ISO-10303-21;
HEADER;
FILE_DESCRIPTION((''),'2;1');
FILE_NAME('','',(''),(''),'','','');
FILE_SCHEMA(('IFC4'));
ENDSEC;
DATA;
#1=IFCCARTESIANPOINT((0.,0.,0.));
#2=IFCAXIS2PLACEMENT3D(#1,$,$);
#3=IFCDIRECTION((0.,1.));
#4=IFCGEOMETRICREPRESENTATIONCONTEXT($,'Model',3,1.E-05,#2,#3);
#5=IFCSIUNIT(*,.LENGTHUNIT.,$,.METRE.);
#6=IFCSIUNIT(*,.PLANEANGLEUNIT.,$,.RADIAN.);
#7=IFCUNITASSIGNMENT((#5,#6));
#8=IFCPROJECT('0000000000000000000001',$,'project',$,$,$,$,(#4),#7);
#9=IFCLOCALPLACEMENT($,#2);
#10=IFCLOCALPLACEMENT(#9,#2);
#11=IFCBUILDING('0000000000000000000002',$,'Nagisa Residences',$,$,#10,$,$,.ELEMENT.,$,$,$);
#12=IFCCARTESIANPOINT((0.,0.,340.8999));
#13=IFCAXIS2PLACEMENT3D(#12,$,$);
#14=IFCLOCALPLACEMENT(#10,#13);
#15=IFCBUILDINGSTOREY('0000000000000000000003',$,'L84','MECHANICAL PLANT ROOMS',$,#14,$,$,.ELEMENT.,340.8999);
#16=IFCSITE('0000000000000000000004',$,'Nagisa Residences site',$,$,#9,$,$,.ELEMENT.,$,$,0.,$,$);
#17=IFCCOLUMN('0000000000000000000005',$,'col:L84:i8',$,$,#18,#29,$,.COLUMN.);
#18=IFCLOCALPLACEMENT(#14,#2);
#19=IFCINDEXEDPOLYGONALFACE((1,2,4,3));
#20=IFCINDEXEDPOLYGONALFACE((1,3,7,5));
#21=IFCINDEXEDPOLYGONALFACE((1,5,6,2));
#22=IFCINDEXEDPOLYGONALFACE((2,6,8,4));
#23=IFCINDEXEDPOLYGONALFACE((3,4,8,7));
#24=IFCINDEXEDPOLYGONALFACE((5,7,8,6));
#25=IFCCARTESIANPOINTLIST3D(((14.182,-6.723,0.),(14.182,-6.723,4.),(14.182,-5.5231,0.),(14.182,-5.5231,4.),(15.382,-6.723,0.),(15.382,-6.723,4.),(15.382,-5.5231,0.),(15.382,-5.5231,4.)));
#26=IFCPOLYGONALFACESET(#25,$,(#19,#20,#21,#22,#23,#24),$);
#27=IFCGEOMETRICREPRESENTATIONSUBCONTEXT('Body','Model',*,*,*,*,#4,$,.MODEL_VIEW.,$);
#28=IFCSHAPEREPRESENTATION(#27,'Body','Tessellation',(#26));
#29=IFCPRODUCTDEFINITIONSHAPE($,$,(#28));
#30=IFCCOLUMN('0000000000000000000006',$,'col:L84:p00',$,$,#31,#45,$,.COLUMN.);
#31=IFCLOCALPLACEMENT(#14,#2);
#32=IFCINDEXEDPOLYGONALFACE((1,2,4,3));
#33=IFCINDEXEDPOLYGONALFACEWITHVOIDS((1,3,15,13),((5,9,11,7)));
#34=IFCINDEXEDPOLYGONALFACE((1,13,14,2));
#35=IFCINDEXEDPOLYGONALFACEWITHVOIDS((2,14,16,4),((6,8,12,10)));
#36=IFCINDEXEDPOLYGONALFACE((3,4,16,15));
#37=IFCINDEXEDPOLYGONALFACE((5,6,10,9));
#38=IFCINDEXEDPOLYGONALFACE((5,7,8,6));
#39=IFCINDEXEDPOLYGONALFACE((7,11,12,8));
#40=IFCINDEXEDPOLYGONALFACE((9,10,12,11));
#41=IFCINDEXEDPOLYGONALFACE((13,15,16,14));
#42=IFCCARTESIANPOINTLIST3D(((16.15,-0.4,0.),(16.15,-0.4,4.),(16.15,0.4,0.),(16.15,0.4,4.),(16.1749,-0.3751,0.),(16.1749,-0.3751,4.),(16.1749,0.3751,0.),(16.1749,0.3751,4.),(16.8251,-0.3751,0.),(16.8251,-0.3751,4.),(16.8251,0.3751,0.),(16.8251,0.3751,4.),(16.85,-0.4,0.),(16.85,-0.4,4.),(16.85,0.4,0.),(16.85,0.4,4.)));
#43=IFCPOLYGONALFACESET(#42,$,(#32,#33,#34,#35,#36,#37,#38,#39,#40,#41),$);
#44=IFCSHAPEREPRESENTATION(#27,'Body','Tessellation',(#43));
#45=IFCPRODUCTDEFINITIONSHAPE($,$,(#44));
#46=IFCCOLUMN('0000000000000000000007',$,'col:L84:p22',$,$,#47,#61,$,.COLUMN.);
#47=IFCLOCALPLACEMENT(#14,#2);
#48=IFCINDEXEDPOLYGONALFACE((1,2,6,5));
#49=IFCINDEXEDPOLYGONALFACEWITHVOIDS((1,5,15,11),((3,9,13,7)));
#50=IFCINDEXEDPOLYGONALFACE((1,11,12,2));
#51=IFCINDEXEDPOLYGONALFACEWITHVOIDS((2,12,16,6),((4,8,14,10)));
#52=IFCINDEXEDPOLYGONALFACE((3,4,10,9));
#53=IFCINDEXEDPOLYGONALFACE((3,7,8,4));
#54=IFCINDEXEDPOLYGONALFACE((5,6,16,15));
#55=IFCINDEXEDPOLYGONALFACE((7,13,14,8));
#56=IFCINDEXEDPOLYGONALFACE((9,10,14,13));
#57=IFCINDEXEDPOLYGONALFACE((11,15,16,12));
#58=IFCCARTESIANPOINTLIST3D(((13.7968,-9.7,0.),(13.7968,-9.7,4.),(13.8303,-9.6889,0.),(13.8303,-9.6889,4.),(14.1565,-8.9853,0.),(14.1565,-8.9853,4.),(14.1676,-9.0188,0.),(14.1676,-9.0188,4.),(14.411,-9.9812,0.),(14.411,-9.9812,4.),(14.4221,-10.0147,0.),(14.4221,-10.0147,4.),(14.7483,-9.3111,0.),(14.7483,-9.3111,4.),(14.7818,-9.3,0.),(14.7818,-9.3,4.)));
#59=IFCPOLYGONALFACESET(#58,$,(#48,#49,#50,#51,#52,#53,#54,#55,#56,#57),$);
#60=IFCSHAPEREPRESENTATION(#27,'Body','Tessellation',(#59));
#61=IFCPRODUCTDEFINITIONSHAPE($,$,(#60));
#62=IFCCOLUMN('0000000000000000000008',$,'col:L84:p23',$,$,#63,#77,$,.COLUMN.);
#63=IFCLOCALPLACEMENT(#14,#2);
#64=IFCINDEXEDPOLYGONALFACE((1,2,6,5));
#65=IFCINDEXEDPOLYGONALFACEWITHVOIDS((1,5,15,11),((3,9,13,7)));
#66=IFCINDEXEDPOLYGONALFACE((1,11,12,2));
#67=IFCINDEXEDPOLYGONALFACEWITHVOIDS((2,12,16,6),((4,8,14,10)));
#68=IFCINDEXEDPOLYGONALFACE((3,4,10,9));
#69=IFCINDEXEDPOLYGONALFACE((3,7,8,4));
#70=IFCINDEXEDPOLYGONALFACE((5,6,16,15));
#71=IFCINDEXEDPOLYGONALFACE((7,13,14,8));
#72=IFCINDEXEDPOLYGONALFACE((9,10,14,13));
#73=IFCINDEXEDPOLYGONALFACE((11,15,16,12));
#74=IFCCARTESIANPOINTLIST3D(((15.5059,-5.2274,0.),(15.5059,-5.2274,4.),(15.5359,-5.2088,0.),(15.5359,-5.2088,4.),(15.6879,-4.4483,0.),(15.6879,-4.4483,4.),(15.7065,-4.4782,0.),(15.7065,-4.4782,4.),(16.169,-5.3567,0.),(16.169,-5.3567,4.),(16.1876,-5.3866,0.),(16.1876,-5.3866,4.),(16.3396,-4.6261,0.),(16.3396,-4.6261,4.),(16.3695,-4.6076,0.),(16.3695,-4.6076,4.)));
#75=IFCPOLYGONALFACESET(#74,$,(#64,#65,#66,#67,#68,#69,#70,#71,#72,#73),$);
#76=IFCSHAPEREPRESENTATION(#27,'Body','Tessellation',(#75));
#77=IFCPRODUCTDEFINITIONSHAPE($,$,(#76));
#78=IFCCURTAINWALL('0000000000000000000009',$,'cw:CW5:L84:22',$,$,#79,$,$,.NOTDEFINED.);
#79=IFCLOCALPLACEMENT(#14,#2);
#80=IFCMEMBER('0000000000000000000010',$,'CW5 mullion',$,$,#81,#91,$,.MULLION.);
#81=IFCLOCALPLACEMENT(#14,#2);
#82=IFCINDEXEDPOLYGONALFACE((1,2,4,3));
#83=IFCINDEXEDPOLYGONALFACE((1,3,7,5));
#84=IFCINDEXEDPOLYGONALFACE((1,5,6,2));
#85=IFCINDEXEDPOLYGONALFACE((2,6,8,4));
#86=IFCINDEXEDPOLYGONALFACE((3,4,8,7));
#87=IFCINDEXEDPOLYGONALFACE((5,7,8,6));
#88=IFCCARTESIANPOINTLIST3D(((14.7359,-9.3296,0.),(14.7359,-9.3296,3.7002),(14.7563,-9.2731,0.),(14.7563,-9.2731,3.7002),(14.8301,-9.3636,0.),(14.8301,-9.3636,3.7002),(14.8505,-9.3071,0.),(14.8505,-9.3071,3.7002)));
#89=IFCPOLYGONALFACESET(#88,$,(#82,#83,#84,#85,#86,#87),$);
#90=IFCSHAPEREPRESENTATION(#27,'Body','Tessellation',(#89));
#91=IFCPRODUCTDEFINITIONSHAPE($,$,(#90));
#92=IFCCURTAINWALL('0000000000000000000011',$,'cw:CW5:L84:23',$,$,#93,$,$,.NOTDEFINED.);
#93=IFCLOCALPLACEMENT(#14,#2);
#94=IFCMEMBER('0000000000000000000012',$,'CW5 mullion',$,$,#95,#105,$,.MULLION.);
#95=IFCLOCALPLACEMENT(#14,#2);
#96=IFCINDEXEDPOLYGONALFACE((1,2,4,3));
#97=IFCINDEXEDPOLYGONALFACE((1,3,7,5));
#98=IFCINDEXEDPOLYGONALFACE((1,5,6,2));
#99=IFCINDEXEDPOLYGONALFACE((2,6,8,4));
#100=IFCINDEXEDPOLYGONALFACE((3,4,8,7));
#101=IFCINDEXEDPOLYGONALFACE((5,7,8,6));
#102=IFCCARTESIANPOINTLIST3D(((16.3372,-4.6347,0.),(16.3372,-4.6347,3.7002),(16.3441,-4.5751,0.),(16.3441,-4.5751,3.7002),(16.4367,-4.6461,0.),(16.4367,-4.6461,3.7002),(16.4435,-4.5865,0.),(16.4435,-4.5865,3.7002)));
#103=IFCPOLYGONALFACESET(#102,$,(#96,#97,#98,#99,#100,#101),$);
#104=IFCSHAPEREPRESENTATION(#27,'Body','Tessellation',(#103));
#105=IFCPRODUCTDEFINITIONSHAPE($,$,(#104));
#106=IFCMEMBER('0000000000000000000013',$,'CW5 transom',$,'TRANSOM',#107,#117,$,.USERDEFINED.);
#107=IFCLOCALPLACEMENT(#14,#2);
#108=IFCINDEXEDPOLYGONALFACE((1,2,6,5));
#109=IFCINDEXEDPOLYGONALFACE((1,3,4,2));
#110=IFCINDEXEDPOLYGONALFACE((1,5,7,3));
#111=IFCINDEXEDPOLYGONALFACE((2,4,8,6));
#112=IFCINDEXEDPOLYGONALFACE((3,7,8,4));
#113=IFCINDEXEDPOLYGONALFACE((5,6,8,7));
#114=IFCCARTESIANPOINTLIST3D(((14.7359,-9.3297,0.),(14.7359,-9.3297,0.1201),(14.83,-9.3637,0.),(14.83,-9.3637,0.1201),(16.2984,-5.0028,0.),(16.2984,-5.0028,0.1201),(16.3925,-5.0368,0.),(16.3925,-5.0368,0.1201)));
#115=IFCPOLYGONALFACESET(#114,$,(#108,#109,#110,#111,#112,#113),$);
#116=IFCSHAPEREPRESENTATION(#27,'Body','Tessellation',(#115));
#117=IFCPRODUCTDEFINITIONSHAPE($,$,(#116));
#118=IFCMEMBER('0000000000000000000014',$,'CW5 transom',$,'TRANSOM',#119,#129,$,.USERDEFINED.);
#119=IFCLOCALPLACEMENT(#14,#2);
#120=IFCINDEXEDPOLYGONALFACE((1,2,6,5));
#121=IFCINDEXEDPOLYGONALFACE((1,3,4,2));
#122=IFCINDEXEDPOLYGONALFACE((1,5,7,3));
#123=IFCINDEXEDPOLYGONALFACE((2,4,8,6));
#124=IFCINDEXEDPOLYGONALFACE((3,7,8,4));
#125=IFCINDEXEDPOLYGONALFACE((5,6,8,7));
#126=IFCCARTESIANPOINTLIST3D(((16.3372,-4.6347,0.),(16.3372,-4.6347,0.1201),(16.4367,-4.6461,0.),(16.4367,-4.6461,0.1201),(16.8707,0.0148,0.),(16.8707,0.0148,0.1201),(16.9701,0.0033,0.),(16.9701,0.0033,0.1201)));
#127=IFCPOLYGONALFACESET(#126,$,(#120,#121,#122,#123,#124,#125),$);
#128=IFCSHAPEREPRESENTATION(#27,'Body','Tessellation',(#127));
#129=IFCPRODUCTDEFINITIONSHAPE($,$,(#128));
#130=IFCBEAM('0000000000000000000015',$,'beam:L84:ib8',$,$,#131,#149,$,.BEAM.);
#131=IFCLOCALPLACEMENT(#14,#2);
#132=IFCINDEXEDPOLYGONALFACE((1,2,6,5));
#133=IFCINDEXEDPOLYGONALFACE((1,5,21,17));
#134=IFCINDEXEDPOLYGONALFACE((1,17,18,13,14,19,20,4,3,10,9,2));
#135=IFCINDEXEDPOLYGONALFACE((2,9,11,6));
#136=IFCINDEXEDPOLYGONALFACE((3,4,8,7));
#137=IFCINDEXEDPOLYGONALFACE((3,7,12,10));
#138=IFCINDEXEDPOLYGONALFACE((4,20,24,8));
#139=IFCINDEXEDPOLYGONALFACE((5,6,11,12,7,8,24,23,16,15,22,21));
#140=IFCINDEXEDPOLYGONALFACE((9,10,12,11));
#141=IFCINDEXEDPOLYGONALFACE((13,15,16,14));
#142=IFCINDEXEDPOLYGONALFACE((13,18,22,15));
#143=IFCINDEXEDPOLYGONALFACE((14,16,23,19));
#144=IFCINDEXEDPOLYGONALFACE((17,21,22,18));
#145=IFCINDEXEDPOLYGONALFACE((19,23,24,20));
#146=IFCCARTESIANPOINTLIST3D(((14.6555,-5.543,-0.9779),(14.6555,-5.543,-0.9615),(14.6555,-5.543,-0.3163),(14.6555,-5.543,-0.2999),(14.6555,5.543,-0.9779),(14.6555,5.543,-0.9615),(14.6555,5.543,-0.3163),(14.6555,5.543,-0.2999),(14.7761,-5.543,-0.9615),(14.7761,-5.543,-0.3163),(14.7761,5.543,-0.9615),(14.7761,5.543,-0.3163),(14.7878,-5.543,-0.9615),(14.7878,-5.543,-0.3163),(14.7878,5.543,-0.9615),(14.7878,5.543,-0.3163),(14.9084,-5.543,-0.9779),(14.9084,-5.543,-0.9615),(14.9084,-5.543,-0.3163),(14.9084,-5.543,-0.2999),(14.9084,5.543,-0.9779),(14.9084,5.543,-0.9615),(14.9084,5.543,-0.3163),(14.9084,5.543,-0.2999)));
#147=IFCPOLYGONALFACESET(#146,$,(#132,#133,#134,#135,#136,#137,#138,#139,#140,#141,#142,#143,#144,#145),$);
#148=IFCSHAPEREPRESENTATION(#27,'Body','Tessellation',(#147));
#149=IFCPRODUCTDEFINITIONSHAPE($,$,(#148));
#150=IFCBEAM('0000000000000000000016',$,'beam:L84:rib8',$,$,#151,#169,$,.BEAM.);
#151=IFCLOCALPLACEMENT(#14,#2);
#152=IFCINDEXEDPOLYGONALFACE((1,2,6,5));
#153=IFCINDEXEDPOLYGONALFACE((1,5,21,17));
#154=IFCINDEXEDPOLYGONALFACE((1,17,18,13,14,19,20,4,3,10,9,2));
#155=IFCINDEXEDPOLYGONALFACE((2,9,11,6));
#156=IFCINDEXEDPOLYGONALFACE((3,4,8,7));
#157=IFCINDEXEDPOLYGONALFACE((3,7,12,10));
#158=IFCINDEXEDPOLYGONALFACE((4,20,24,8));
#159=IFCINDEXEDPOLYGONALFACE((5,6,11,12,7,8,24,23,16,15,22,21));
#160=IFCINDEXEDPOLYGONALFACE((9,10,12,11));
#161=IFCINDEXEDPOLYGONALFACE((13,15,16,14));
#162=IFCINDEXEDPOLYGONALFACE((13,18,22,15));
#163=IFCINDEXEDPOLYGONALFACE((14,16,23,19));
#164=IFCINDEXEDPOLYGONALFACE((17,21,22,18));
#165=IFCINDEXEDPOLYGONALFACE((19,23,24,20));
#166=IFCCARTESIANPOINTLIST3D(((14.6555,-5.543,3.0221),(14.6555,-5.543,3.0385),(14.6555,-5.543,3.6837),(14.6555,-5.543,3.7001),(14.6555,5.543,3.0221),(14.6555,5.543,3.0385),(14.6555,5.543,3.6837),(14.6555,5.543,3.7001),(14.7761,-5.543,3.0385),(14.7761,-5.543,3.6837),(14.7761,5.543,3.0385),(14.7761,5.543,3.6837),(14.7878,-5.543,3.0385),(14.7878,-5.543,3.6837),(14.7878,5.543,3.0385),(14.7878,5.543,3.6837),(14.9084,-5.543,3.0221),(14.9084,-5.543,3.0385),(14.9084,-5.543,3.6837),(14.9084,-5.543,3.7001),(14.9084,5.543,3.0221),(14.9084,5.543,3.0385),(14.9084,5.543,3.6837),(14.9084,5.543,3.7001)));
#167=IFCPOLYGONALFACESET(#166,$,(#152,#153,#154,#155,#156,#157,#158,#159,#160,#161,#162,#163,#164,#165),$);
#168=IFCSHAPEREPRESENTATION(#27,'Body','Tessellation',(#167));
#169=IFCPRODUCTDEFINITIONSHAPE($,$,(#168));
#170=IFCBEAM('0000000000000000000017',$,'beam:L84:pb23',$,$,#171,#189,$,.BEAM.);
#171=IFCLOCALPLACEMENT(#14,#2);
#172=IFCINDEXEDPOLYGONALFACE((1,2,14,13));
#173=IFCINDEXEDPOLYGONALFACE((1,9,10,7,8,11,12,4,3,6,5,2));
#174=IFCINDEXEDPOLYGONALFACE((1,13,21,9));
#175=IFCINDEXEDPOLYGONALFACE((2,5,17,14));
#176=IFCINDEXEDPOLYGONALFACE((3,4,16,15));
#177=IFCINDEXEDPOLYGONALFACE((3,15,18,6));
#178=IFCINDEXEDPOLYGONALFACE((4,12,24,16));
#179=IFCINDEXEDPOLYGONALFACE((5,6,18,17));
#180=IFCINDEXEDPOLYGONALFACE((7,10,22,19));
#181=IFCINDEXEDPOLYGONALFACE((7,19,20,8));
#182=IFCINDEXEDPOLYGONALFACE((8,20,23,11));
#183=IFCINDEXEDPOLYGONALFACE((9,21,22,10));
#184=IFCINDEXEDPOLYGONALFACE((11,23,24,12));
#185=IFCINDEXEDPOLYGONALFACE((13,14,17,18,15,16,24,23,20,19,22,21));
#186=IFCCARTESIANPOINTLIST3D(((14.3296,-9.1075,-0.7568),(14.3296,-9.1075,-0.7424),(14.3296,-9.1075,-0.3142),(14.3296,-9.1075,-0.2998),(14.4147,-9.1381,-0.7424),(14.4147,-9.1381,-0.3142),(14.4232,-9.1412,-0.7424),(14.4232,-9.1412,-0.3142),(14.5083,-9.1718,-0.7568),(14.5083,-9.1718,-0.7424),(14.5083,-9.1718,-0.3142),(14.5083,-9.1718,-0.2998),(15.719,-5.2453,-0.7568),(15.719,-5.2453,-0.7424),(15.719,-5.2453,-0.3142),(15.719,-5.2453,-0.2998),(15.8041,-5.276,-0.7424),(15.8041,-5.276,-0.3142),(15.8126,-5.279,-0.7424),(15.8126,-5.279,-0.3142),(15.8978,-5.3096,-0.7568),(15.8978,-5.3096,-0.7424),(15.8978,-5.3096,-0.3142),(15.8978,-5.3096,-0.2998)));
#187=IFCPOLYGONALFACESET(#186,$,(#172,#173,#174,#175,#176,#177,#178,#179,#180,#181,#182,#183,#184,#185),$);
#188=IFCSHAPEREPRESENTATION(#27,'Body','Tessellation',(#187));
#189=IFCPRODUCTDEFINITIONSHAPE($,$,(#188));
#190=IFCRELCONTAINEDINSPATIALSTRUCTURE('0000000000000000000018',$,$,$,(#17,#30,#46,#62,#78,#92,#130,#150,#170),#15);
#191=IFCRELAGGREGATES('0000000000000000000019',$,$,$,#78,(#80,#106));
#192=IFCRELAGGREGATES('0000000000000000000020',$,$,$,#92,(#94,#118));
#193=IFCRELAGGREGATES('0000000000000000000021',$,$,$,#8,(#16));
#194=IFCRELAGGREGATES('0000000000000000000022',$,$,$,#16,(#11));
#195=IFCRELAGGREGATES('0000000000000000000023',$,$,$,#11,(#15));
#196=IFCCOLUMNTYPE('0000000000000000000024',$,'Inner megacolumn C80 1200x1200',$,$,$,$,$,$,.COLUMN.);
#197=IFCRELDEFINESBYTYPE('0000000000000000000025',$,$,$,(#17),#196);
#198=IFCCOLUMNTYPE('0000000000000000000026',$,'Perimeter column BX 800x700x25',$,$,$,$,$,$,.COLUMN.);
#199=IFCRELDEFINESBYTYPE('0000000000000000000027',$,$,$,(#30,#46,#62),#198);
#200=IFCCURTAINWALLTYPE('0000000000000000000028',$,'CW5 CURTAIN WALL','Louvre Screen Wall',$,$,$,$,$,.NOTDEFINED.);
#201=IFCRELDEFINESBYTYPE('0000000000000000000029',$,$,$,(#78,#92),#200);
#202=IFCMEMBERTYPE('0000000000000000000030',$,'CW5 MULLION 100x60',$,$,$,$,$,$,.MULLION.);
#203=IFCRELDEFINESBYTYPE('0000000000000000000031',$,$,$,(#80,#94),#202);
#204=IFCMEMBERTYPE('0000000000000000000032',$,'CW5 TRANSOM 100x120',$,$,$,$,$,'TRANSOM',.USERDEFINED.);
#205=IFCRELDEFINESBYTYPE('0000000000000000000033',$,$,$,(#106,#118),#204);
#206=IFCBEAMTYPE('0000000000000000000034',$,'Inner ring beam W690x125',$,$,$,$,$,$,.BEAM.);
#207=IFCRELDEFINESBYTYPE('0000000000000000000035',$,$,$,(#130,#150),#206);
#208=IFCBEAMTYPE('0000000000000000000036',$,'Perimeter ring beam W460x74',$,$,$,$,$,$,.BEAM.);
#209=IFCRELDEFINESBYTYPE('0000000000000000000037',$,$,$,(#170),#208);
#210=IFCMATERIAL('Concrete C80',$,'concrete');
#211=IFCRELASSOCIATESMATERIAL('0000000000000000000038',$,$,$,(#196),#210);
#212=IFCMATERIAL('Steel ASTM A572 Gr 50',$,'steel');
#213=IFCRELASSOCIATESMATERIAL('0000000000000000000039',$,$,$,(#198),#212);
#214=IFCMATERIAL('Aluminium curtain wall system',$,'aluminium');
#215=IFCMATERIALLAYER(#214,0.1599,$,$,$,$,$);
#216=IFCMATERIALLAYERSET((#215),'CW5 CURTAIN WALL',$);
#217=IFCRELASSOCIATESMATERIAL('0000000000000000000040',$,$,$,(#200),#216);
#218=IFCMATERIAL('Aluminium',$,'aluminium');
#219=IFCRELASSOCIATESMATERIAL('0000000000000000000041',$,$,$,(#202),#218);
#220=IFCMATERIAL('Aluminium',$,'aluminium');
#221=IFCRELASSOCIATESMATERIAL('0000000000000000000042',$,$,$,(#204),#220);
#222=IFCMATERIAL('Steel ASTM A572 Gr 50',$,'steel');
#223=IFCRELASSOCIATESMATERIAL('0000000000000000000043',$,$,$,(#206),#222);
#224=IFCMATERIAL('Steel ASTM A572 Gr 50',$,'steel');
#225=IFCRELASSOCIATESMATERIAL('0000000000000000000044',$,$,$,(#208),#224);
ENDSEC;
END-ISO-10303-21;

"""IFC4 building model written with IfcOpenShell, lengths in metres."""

from ifc_helpers import new_model, si_unit, direction, frame, origin, origin_2d, place, context, subcontext, project, spatial, rectangle, hollow_rectangle, i_section, extrude, material, layer, layer_set, material_profile, profile_set, type_object, element, aggregate, save


model = new_model("IFC4")

# Units and contexts
model_context = context("Model", 3, precision=1e-05, world=origin(), true_north=direction((0.0, 1.0)))
body_context = subcontext(model_context, "Body", "Model", "MODEL_VIEW")
ifc_project = project(units=[si_unit("LENGTHUNIT", "METRE"), si_unit("PLANEANGLEUNIT", "RADIAN")], contexts=[model_context])

# Site, building, storey
site_placement = place(None, origin())
site = spatial("IfcSite", under=ifc_project, at=site_placement, Name="Nagisa Residences site", CompositionType="ELEMENT", RefElevation=0.0)
building_placement = place(site_placement, origin())
building = spatial("IfcBuilding", under=site, at=building_placement, Name="Nagisa Residences", CompositionType="ELEMENT")
storey_placement = place(building_placement, frame((0.0, 0.0, 340.8999)))
storey = spatial("IfcBuildingStorey", under=building, at=storey_placement, Name="L84", Description="MECHANICAL PLANT ROOMS", CompositionType="ELEMENT", Elevation=340.8999)

# Columns
ifc_material_1 = material(Name="Concrete C80", Category="concrete")
ifc_material_profile_1 = material_profile(ifc_material_1, rectangle(XDim=1.2, YDim=1.2, at=origin_2d()), Name="C80 1200x1200")
ifc_profile_set_1 = profile_set([ifc_material_profile_1], Name="Concrete C80")
column_type_1 = type_object("IfcColumnType", Name="Inner megacolumn C80 1200x1200", PredefinedType="COLUMN", material=ifc_profile_set_1)
column_placement = place(storey_placement, frame((14.782, -6.123, 0.0), z_axis=(0.0, 0.0, 1.0), x_axis=(1.0, 0.0, 0.0)))
element("IfcColumn", 1, at=column_placement, inside=storey, type_object=column_type_1, Name="col:L84:i8", PredefinedType="COLUMN", context=body_context, shape_type="SweptSolid", body=[
    extrude(rectangle(XDim=1.2, YDim=1.2, at=origin_2d()), origin(), (0.0, 0.0, 1.0), 4.0),
])
ifc_material_2 = material(Name="Steel ASTM A572 Gr 50", Category="steel")
ifc_material_profile_2 = material_profile(ifc_material_2, hollow_rectangle(XDim=0.8, YDim=0.7, WallThickness=0.0249, at=origin_2d()), Name="BX 800x700x25")
ifc_profile_set_2 = profile_set([ifc_material_profile_2], Name="Steel ASTM A572 Gr 50")
column_type_2 = type_object("IfcColumnType", Name="Perimeter column BX 800x700x25", PredefinedType="COLUMN", material=ifc_profile_set_2)
for number, where, z_axis, x_axis, name in (
    (2, (16.5, 0.0, 0.0), (0.0, 0.0, 1.0), (0.0, 1.0, 0.0), "col:L84:p00"),
    (3, (14.2893, -9.5, 0.0), (0.0, 0.0, 1.0), (0.449592, 0.893234, 0.0), "col:L84:p22"),
    (4, (15.9377, -4.9175, 0.0), (0.0, 0.0, 1.0), (0.227473, 0.973784, 0.0), "col:L84:p23"),
):
    element("IfcColumn", number, at=place(storey_placement, frame(where, z_axis=z_axis, x_axis=x_axis)), inside=storey, type_object=column_type_2, Name=name, PredefinedType="COLUMN", context=body_context, shape_type="SweptSolid", body=[
        extrude(hollow_rectangle(XDim=0.8, YDim=0.7, WallThickness=0.0249, at=origin_2d()), origin(), (0.0, 0.0, 1.0), 4.0),
    ])

# Curtain walls, members
ifc_material_3 = material(Name="Aluminium curtain wall system", Category="aluminium")
ifc_layer_1 = layer(ifc_material_3, 0.1599)
ifc_layer_set_1 = layer_set([ifc_layer_1], Name="CW5 CURTAIN WALL")
curtain_wall_type = type_object("IfcCurtainWallType", Name="CW5 CURTAIN WALL", Description="Louvre Screen Wall", PredefinedType="NOTDEFINED", material=ifc_layer_set_1)
curtain_wall_1_placement = place(storey_placement, origin())
curtain_wall_1 = element("IfcCurtainWall", 5, at=curtain_wall_1_placement, inside=storey, type_object=curtain_wall_type, Name="cw:CW5:L84:22", PredefinedType="NOTDEFINED")
ifc_material_4 = material(Name="Aluminium", Category="aluminium")
ifc_material_profile_3 = material_profile(ifc_material_4, rectangle(XDim=0.1001, YDim=0.0601, at=origin_2d()), Name="CW5 MULLION 100x60")
ifc_profile_set_3 = profile_set([ifc_material_profile_3], Name="Aluminium")
member_type_1 = type_object("IfcMemberType", Name="CW5 MULLION 100x60", PredefinedType="MULLION", material=ifc_profile_set_3)
member_1_placement = place(storey_placement, frame((14.7932, -9.3184, 0.0), z_axis=(0.0, 0.0, 1.0), x_axis=(-0.940554, 0.339643, 0.0)))
member_1 = element("IfcMember", 6, at=member_1_placement, type_object=member_type_1, Name="CW5 mullion", PredefinedType="MULLION", context=body_context, shape_type="SweptSolid", body=[
    extrude(rectangle(XDim=0.1001, YDim=0.0601, at=origin_2d()), origin(), (0.0, 0.0, 1.0), 3.7002),
])
curtain_wall_2_placement = place(storey_placement, origin())
curtain_wall_2 = element("IfcCurtainWall", 7, at=curtain_wall_2_placement, inside=storey, type_object=curtain_wall_type, Name="cw:CW5:L84:23", PredefinedType="NOTDEFINED")
member_2_placement = place(storey_placement, frame((16.3904, -4.6106, 0.0), z_axis=(0.0, 0.0, 1.0), x_axis=(-0.993478, 0.114025, 0.0)))
member_2 = element("IfcMember", 8, at=member_2_placement, type_object=member_type_1, Name="CW5 mullion", PredefinedType="MULLION", context=body_context, shape_type="SweptSolid", body=[
    extrude(rectangle(XDim=0.1001, YDim=0.0601, at=origin_2d()), origin(), (0.0, 0.0, 1.0), 3.7002),
])

# Members
ifc_material_5 = material(Name="Aluminium", Category="aluminium")
ifc_material_profile_4 = material_profile(ifc_material_5, rectangle(XDim=0.1001, YDim=0.1201, at=origin_2d()), Name="CW5 TRANSOM 100x120")
ifc_profile_set_4 = profile_set([ifc_material_profile_4], Name="Aluminium")
member_type_2 = type_object("IfcMemberType", Name="CW5 TRANSOM 100x120", ElementType="TRANSOM", PredefinedType="USERDEFINED", material=ifc_profile_set_4)
member_3_placement = place(storey_placement, frame((14.783, -9.3467, 0.0601), z_axis=(0.339646, 0.940553, 0.0), x_axis=(-0.940553, 0.339646, 0.0)))
member_3 = element("IfcMember", 9, at=member_3_placement, type_object=member_type_2, Name="CW5 transom", ObjectType="TRANSOM", PredefinedType="USERDEFINED", context=body_context, shape_type="SweptSolid", body=[
    extrude(rectangle(XDim=0.1001, YDim=0.1201, at=origin_2d()), origin(), (0.0, 0.0, 1.0), 4.6003),
])
member_4_placement = place(storey_placement, frame((16.387, -4.6404, 0.0601), z_axis=(0.113986, 0.993482, 0.0), x_axis=(-0.993482, 0.113986, 0.0)))
member_4 = element("IfcMember", 10, at=member_4_placement, type_object=member_type_2, Name="CW5 transom", ObjectType="TRANSOM", PredefinedType="USERDEFINED", context=body_context, shape_type="SweptSolid", body=[
    extrude(rectangle(XDim=0.1001, YDim=0.1201, at=origin_2d()), origin(), (0.0, 0.0, 1.0), 4.6799),
])

# Beams
ifc_material_6 = material(Name="Steel ASTM A572 Gr 50", Category="steel")
ifc_material_profile_5 = material_profile(ifc_material_6, i_section(OverallWidth=0.2529, OverallDepth=0.678, WebThickness=0.0117, FlangeThickness=0.0164, at=origin_2d()), Name="W690x125")
ifc_profile_set_5 = profile_set([ifc_material_profile_5], Name="Steel ASTM A572 Gr 50")
beam_type_1 = type_object("IfcBeamType", Name="Inner ring beam W690x125", PredefinedType="BEAM", material=ifc_profile_set_5)
for number, where, z_axis, x_axis, name in (
    (11, (14.782, -5.543, -0.6389), (0.0, 1.0, 0.0), (-1.0, 0.0, 0.0), "beam:L84:ib8"),
    (12, (14.782, -5.543, 3.3611), (0.0, 1.0, 0.0), (-1.0, 0.0, 0.0), "beam:L84:rib8"),
):
    element("IfcBeam", number, at=place(storey_placement, frame(where, z_axis=z_axis, x_axis=x_axis)), inside=storey, type_object=beam_type_1, Name=name, PredefinedType="BEAM", context=body_context, shape_type="SweptSolid", body=[
        extrude(i_section(OverallWidth=0.2529, OverallDepth=0.678, WebThickness=0.0117, FlangeThickness=0.0164, at=origin_2d()), origin(), (0.0, 0.0, 1.0), 11.0859),
    ])
ifc_material_7 = material(Name="Steel ASTM A572 Gr 50", Category="steel")
ifc_material_profile_6 = material_profile(ifc_material_7, i_section(OverallWidth=0.1899, OverallDepth=0.457, WebThickness=0.009, FlangeThickness=0.0144, at=origin_2d()), Name="W460x74")
ifc_profile_set_6 = profile_set([ifc_material_profile_6], Name="Steel ASTM A572 Gr 50")
beam_type_2 = type_object("IfcBeamType", Name="Perimeter ring beam W460x74", PredefinedType="BEAM", material=ifc_profile_set_6)
beam_1_placement = place(storey_placement, frame((14.4189, -9.1396, -0.5283), z_axis=(0.338517, 0.94096, 0.0), x_axis=(-0.94096, 0.338517, 0.0)))
element("IfcBeam", 13, at=beam_1_placement, inside=storey, type_object=beam_type_2, Name="beam:L84:pb23", PredefinedType="BEAM", context=body_context, shape_type="SweptSolid", body=[
    extrude(i_section(OverallWidth=0.1899, OverallDepth=0.457, WebThickness=0.009, FlangeThickness=0.0144, at=origin_2d()), origin(), (0.0, 0.0, 1.0), 4.1045),
])

aggregate(curtain_wall_1, [member_1, member_3])
aggregate(curtain_wall_2, [member_2, member_4])

save(model, "model.ifc")
